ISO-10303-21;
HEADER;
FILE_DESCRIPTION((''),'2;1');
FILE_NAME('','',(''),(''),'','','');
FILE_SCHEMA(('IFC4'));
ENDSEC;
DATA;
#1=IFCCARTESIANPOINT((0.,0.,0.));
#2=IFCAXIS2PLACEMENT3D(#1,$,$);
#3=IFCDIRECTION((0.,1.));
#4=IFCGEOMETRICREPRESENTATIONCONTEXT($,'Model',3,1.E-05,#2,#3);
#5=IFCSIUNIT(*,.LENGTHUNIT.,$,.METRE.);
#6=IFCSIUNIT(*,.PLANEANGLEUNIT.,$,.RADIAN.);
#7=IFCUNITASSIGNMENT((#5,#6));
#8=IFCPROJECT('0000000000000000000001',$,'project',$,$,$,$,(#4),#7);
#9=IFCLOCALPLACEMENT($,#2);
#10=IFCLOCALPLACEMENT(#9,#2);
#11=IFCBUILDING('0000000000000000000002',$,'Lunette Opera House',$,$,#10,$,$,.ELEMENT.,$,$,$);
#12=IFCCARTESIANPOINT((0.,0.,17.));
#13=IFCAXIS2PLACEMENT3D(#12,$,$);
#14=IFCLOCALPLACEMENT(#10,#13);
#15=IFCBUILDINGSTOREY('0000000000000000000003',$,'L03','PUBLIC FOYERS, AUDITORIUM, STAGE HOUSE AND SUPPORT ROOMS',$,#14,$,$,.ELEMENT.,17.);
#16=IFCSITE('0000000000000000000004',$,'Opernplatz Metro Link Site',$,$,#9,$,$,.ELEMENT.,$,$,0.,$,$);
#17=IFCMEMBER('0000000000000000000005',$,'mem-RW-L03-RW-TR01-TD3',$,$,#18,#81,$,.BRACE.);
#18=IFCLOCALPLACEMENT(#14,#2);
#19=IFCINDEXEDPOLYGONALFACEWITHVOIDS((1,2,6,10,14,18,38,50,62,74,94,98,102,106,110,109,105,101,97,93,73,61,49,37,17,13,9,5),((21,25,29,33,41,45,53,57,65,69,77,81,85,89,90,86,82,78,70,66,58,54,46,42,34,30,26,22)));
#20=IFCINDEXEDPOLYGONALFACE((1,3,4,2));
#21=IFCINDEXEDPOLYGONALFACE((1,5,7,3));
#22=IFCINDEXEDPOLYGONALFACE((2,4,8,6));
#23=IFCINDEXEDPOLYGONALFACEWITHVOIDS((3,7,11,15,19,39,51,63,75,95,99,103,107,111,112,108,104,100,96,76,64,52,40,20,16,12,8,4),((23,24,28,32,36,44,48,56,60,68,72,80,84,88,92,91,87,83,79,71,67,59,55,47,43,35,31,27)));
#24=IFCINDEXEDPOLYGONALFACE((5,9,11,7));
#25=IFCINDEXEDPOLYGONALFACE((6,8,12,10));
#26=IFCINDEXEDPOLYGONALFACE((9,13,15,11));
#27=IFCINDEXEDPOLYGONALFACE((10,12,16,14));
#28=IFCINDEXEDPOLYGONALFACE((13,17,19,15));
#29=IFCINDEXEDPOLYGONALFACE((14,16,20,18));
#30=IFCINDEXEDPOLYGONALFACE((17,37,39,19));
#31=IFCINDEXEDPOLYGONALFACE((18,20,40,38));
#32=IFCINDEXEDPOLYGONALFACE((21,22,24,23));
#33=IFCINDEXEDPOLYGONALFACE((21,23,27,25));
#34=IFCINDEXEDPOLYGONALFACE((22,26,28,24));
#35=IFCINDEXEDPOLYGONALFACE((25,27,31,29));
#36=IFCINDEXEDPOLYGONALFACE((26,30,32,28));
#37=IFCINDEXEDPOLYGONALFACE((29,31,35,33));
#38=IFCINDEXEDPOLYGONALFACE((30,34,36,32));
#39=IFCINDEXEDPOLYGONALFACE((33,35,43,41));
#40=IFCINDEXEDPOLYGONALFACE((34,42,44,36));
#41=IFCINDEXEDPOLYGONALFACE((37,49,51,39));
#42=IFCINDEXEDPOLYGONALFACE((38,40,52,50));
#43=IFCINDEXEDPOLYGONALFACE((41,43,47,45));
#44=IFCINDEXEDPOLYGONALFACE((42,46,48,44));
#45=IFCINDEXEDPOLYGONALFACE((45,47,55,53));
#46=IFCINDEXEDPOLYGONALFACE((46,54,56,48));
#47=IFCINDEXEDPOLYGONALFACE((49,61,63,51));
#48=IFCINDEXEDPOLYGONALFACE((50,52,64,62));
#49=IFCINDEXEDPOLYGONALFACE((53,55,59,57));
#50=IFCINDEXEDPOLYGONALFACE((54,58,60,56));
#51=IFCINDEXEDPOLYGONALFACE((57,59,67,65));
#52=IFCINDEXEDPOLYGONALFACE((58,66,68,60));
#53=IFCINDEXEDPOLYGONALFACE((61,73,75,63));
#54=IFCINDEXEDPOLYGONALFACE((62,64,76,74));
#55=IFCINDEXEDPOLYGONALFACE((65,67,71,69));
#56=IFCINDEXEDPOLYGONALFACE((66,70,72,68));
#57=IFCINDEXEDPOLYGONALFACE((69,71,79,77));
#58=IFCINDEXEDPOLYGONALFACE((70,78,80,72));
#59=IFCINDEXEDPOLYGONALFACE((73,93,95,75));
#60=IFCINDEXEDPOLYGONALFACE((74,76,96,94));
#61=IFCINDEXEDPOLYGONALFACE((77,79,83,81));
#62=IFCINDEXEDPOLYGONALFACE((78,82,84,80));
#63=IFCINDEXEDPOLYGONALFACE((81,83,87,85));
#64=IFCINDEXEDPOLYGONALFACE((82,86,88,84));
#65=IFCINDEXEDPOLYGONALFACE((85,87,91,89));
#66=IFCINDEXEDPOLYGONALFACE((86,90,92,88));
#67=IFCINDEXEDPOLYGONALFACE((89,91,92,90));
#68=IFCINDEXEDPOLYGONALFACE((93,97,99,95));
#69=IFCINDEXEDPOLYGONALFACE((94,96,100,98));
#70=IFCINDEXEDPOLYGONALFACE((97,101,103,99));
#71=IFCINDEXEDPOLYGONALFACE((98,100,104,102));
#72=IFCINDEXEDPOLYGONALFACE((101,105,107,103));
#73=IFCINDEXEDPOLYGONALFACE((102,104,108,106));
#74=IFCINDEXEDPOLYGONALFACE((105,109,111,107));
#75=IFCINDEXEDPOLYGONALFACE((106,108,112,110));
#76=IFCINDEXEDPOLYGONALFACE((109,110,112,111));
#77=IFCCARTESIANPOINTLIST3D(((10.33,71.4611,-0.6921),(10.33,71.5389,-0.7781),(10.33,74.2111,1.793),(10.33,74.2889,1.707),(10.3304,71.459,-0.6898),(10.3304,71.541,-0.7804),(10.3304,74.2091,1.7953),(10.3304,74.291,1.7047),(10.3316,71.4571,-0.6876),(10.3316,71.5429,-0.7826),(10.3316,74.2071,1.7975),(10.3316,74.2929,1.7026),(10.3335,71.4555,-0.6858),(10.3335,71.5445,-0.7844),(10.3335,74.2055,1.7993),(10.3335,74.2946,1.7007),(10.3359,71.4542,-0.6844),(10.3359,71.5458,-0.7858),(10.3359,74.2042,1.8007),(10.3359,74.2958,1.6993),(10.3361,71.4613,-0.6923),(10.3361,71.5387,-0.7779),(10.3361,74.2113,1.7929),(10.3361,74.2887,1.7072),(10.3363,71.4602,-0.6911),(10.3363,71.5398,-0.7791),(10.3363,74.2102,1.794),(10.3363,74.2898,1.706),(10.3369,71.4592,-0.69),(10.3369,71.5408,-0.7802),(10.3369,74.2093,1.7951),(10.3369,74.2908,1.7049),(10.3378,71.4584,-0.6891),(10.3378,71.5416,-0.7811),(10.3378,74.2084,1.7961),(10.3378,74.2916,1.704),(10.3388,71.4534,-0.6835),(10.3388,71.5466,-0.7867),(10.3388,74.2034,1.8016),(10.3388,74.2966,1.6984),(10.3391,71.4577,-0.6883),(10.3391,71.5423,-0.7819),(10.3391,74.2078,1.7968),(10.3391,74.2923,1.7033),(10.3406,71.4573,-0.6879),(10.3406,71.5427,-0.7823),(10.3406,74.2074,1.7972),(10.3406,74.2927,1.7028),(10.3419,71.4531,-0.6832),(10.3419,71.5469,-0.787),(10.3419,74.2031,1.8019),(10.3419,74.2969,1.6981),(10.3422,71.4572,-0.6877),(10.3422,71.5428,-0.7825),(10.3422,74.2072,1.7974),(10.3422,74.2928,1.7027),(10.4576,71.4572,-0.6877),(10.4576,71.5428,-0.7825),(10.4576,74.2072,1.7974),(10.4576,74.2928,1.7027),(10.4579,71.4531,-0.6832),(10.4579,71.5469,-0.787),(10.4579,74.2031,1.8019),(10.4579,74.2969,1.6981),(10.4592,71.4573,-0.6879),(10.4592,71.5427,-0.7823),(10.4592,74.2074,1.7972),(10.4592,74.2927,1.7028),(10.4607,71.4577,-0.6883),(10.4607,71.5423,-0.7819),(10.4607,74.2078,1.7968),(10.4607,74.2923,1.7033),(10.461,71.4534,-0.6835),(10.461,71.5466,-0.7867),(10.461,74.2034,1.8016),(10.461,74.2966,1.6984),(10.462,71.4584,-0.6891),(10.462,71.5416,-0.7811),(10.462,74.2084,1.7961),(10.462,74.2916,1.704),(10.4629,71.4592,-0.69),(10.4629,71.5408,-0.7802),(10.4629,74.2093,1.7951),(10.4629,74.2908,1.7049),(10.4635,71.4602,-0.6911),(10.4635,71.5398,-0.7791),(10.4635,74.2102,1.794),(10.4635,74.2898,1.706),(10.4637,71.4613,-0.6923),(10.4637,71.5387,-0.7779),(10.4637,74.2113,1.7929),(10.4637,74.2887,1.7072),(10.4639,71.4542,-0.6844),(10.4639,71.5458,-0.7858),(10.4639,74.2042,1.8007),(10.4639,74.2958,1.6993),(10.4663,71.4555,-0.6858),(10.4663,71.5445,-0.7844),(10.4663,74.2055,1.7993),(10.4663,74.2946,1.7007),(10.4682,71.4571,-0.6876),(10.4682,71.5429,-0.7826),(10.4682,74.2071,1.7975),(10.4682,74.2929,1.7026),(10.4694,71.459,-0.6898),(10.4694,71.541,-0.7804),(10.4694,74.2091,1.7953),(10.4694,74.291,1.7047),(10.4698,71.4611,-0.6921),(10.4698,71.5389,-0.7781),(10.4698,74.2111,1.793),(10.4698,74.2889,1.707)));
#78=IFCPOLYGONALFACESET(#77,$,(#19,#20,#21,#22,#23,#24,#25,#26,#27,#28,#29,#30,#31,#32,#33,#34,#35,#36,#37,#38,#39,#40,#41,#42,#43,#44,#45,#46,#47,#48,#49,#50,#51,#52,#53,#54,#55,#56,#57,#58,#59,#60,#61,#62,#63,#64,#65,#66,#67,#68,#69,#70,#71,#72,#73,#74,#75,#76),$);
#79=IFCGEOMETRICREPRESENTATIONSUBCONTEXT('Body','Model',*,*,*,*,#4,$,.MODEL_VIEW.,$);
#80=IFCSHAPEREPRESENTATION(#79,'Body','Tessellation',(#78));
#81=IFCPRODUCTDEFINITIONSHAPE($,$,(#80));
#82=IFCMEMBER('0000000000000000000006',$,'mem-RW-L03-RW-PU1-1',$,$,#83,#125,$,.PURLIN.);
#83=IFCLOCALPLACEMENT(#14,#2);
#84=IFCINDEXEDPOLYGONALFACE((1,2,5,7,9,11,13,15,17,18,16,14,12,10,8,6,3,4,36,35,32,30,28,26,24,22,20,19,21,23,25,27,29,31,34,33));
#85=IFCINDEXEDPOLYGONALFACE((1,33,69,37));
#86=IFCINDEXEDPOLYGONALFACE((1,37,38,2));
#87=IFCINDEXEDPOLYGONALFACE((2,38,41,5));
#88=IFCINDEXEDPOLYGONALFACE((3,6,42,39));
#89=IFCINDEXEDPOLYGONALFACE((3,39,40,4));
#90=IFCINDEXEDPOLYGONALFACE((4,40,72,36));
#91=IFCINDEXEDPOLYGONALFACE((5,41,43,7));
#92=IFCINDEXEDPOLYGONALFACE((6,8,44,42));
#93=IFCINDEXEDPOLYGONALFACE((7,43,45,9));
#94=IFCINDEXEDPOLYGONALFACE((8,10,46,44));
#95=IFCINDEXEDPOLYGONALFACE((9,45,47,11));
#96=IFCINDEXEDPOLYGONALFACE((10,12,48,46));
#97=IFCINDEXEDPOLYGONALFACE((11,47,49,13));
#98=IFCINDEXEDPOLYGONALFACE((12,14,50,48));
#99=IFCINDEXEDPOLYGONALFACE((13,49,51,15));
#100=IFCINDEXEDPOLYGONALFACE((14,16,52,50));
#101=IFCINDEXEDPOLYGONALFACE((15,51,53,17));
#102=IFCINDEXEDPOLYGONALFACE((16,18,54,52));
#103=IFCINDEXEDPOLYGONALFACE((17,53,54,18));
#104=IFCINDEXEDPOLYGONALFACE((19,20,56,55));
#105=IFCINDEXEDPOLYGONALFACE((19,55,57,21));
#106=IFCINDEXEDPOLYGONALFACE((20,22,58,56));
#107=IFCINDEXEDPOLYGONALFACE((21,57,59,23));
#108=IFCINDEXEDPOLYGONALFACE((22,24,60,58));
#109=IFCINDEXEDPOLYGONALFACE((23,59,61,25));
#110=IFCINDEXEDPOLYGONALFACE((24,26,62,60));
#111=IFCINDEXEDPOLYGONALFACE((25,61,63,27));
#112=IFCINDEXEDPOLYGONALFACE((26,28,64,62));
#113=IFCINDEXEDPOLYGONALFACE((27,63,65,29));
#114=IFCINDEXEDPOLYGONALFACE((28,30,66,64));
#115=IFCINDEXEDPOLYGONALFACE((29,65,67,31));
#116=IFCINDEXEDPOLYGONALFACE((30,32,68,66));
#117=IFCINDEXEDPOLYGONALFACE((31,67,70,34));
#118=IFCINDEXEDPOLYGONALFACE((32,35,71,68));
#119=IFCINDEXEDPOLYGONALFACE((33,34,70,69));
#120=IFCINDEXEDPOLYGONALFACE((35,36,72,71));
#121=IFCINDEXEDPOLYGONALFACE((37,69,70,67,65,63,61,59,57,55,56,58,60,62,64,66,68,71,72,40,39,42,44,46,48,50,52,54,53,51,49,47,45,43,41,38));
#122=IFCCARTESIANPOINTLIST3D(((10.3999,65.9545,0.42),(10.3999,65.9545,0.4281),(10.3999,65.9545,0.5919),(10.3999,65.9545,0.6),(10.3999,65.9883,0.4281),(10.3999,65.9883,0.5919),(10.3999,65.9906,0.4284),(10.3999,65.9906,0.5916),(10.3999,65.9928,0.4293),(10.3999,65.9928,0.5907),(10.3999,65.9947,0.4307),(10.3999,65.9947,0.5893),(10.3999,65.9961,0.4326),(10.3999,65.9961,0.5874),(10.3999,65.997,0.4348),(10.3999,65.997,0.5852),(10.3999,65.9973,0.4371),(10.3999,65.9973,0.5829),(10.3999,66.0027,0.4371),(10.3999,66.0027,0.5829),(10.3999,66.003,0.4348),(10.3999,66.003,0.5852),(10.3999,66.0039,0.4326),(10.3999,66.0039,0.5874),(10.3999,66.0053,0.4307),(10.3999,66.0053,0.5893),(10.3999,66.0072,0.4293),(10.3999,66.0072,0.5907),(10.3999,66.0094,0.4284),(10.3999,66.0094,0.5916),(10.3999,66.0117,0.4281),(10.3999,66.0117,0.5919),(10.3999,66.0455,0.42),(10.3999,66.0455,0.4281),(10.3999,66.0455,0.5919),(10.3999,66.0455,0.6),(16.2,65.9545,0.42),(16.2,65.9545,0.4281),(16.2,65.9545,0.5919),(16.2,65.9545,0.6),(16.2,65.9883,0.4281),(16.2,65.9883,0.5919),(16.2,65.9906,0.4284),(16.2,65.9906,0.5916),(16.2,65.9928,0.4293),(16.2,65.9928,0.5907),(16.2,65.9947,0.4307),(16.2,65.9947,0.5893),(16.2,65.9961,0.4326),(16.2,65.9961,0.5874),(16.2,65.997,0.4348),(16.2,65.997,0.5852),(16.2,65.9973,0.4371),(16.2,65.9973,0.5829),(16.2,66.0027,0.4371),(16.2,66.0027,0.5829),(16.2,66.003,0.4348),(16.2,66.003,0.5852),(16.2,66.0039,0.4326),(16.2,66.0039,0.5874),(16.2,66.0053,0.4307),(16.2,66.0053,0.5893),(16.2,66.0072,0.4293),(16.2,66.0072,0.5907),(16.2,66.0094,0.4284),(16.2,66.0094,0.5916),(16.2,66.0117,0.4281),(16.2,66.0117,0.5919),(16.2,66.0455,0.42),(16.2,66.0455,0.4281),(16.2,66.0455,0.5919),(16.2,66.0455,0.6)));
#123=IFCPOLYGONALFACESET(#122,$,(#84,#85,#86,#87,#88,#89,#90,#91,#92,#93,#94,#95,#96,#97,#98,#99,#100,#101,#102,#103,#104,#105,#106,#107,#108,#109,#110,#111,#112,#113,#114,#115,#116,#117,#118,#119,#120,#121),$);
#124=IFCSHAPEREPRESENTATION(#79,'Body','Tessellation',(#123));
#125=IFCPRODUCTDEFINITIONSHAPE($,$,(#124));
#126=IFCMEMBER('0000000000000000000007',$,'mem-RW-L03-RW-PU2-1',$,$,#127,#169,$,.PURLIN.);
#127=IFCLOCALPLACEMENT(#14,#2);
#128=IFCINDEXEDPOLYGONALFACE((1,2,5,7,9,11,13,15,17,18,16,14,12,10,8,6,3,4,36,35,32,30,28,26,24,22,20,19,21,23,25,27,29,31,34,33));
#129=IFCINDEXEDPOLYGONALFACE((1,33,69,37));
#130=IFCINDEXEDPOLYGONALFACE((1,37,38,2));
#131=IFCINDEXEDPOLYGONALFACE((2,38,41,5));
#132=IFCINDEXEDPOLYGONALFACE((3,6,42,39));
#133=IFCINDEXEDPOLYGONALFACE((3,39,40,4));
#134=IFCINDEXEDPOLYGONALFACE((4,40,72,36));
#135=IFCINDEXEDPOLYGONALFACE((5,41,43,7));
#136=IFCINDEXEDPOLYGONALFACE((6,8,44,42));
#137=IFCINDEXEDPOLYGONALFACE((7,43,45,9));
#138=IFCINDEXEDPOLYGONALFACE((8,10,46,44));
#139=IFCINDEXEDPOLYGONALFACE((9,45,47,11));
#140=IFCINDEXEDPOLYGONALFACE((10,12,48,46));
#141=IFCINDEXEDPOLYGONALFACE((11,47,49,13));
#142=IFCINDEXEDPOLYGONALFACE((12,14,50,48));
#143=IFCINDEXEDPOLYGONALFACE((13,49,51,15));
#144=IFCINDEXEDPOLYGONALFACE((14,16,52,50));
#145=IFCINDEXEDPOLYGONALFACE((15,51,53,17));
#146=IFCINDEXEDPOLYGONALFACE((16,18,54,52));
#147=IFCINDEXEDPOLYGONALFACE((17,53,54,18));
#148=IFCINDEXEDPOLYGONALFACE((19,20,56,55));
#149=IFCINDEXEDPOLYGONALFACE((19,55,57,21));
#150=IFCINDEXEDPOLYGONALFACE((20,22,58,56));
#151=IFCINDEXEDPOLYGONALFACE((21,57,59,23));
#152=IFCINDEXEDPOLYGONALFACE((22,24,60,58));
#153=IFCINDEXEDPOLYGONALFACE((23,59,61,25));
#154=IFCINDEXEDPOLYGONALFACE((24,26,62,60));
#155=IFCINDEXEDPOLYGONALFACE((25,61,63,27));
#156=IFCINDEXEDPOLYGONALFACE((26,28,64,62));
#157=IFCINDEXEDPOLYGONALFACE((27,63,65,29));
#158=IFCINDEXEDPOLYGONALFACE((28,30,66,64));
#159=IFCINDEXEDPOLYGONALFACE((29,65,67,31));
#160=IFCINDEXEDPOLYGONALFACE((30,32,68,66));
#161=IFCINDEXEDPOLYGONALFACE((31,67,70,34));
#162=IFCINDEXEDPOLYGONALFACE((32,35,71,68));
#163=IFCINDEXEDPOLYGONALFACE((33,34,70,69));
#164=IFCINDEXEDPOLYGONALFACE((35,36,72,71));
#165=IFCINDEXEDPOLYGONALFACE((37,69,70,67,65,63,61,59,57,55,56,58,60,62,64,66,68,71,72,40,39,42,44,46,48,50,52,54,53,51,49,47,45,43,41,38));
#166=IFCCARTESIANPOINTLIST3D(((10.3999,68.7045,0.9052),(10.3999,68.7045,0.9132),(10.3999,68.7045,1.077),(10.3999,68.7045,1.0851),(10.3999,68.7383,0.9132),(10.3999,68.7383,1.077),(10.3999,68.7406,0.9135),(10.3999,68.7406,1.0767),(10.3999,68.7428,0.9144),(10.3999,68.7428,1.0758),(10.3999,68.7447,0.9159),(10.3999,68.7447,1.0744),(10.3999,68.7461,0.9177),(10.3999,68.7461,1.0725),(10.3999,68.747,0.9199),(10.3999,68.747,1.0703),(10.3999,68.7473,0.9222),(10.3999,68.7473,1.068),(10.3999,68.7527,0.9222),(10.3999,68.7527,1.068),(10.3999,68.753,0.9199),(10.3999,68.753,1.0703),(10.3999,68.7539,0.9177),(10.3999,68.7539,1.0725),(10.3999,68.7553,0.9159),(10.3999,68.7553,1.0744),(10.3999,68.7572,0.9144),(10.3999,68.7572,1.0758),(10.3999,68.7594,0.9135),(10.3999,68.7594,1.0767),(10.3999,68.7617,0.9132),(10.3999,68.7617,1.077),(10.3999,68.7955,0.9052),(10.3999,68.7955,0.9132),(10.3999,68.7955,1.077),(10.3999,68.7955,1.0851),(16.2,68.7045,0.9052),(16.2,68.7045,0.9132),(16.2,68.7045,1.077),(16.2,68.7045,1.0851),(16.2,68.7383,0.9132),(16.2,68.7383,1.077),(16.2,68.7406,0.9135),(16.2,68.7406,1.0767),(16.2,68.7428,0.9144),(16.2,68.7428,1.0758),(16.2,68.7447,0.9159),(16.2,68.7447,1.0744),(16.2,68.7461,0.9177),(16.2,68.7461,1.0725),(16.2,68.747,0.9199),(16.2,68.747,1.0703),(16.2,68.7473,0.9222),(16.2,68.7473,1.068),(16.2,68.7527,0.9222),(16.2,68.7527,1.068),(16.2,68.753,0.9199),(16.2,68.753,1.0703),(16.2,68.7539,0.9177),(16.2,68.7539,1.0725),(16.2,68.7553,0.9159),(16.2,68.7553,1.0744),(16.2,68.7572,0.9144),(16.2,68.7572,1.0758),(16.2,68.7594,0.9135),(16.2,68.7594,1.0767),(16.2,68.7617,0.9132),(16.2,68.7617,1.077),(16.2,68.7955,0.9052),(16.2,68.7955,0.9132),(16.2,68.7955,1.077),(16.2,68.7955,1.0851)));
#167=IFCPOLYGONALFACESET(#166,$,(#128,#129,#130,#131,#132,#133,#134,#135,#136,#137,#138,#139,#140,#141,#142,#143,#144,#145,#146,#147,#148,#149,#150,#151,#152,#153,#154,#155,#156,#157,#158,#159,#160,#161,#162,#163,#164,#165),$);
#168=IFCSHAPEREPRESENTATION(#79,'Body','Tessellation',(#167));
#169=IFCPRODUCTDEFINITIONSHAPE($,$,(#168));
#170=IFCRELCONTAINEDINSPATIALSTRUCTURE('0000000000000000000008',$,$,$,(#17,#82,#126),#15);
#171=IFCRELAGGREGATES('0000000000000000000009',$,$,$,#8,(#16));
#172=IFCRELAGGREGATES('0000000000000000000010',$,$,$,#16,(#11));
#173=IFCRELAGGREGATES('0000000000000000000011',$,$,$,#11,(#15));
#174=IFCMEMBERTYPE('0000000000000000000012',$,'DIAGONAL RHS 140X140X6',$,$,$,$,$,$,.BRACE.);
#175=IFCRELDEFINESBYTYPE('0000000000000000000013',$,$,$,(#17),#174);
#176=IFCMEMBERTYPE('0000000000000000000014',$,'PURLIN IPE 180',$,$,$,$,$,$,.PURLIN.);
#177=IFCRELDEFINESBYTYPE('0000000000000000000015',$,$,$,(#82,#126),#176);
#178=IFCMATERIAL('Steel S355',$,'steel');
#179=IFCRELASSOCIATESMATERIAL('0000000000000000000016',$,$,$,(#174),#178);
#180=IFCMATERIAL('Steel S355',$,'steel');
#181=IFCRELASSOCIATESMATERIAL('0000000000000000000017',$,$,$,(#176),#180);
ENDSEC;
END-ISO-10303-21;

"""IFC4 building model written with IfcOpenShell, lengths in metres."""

from ifc_helpers import new_model, si_unit, direction, frame, origin, origin_2d, place, context, subcontext, project, spatial, hollow_rectangle, i_section, extrude, material, material_profile, profile_set, type_object, element, save


model = new_model("IFC4")

# Units and contexts
model_context = context("Model", 3, precision=1e-05, world=origin(), true_north=direction((0.0, 1.0)))
body_context = subcontext(model_context, "Body", "Model", "MODEL_VIEW")
ifc_project = project(units=[si_unit("LENGTHUNIT", "METRE"), si_unit("PLANEANGLEUNIT", "RADIAN")], contexts=[model_context])

# Site, building, storey
site_placement = place(None, origin())
site = spatial("IfcSite", under=ifc_project, at=site_placement, Name="Opernplatz Metro Link Site", CompositionType="ELEMENT", RefElevation=0.0)
building_placement = place(site_placement, origin())
building = spatial("IfcBuilding", under=site, at=building_placement, Name="Lunette Opera House", CompositionType="ELEMENT")
storey_placement = place(building_placement, frame((0.0, 0.0, 17.0)))
storey = spatial("IfcBuildingStorey", under=building, at=storey_placement, Name="L03", Description="PUBLIC FOYERS, AUDITORIUM, STAGE HOUSE AND SUPPORT ROOMS", CompositionType="ELEMENT", Elevation=17.0)

# Members
ifc_material_1 = material(Name="Steel S355", Category="steel")
ifc_material_profile_1 = material_profile(ifc_material_1, hollow_rectangle(XDim=0.1399, YDim=0.1399, WallThickness=0.0061, InnerFilletRadius=0.0061, OuterFilletRadius=0.012, at=origin_2d()), Name="RHS 140X140X6")
ifc_profile_set_1 = profile_set([ifc_material_profile_1], Name="Steel S355")
member_type_1 = type_object("IfcMemberType", Name="DIAGONAL RHS 140X140X6", PredefinedType="BRACE", material=ifc_profile_set_1)
member_1_placement = place(storey_placement, frame((10.3999, 71.5, -0.7351), z_axis=(0.0, 0.741937, 0.67047), x_axis=(-1.0, 0.0, 0.0)))
element("IfcMember", 1, at=member_1_placement, inside=storey, type_object=member_type_1, Name="mem-RW-L03-RW-TR01-TD3", PredefinedType="BRACE", context=body_context, shape_type="SweptSolid", body=[
    extrude(hollow_rectangle(XDim=0.1399, YDim=0.1399, WallThickness=0.0061, InnerFilletRadius=0.0061, OuterFilletRadius=0.012, at=origin_2d()), origin(), (0.0, 0.0, 1.0), 3.7065),
])
ifc_material_2 = material(Name="Steel S355", Category="steel")
ifc_material_profile_2 = material_profile(ifc_material_2, i_section(OverallWidth=0.0911, OverallDepth=0.1799, WebThickness=0.0054, FlangeThickness=0.0081, FilletRadius=0.009, at=origin_2d()), Name="IPE 180")
ifc_profile_set_2 = profile_set([ifc_material_profile_2], Name="Steel S355")
member_type_2 = type_object("IfcMemberType", Name="PURLIN IPE 180", PredefinedType="PURLIN", material=ifc_profile_set_2)
for number, where, z_axis, x_axis, name in (
    (2, (10.3999, 66.0, 0.51), (1.0, 0.0, 0.0), (0.0, 1.0, 0.0), "mem-RW-L03-RW-PU1-1"),
    (3, (10.3999, 68.75, 0.9951), (1.0, 0.0, 0.0), (0.0, 1.0, 0.0), "mem-RW-L03-RW-PU2-1"),
):
    element("IfcMember", number, at=place(storey_placement, frame(where, z_axis=z_axis, x_axis=x_axis)), inside=storey, type_object=member_type_2, Name=name, PredefinedType="PURLIN", context=body_context, shape_type="SweptSolid", body=[
        extrude(i_section(OverallWidth=0.0911, OverallDepth=0.1799, WebThickness=0.0054, FlangeThickness=0.0081, FilletRadius=0.009, at=origin_2d()), origin(), (0.0, 0.0, 1.0), 5.8),
    ])

save(model, "model.ifc")
